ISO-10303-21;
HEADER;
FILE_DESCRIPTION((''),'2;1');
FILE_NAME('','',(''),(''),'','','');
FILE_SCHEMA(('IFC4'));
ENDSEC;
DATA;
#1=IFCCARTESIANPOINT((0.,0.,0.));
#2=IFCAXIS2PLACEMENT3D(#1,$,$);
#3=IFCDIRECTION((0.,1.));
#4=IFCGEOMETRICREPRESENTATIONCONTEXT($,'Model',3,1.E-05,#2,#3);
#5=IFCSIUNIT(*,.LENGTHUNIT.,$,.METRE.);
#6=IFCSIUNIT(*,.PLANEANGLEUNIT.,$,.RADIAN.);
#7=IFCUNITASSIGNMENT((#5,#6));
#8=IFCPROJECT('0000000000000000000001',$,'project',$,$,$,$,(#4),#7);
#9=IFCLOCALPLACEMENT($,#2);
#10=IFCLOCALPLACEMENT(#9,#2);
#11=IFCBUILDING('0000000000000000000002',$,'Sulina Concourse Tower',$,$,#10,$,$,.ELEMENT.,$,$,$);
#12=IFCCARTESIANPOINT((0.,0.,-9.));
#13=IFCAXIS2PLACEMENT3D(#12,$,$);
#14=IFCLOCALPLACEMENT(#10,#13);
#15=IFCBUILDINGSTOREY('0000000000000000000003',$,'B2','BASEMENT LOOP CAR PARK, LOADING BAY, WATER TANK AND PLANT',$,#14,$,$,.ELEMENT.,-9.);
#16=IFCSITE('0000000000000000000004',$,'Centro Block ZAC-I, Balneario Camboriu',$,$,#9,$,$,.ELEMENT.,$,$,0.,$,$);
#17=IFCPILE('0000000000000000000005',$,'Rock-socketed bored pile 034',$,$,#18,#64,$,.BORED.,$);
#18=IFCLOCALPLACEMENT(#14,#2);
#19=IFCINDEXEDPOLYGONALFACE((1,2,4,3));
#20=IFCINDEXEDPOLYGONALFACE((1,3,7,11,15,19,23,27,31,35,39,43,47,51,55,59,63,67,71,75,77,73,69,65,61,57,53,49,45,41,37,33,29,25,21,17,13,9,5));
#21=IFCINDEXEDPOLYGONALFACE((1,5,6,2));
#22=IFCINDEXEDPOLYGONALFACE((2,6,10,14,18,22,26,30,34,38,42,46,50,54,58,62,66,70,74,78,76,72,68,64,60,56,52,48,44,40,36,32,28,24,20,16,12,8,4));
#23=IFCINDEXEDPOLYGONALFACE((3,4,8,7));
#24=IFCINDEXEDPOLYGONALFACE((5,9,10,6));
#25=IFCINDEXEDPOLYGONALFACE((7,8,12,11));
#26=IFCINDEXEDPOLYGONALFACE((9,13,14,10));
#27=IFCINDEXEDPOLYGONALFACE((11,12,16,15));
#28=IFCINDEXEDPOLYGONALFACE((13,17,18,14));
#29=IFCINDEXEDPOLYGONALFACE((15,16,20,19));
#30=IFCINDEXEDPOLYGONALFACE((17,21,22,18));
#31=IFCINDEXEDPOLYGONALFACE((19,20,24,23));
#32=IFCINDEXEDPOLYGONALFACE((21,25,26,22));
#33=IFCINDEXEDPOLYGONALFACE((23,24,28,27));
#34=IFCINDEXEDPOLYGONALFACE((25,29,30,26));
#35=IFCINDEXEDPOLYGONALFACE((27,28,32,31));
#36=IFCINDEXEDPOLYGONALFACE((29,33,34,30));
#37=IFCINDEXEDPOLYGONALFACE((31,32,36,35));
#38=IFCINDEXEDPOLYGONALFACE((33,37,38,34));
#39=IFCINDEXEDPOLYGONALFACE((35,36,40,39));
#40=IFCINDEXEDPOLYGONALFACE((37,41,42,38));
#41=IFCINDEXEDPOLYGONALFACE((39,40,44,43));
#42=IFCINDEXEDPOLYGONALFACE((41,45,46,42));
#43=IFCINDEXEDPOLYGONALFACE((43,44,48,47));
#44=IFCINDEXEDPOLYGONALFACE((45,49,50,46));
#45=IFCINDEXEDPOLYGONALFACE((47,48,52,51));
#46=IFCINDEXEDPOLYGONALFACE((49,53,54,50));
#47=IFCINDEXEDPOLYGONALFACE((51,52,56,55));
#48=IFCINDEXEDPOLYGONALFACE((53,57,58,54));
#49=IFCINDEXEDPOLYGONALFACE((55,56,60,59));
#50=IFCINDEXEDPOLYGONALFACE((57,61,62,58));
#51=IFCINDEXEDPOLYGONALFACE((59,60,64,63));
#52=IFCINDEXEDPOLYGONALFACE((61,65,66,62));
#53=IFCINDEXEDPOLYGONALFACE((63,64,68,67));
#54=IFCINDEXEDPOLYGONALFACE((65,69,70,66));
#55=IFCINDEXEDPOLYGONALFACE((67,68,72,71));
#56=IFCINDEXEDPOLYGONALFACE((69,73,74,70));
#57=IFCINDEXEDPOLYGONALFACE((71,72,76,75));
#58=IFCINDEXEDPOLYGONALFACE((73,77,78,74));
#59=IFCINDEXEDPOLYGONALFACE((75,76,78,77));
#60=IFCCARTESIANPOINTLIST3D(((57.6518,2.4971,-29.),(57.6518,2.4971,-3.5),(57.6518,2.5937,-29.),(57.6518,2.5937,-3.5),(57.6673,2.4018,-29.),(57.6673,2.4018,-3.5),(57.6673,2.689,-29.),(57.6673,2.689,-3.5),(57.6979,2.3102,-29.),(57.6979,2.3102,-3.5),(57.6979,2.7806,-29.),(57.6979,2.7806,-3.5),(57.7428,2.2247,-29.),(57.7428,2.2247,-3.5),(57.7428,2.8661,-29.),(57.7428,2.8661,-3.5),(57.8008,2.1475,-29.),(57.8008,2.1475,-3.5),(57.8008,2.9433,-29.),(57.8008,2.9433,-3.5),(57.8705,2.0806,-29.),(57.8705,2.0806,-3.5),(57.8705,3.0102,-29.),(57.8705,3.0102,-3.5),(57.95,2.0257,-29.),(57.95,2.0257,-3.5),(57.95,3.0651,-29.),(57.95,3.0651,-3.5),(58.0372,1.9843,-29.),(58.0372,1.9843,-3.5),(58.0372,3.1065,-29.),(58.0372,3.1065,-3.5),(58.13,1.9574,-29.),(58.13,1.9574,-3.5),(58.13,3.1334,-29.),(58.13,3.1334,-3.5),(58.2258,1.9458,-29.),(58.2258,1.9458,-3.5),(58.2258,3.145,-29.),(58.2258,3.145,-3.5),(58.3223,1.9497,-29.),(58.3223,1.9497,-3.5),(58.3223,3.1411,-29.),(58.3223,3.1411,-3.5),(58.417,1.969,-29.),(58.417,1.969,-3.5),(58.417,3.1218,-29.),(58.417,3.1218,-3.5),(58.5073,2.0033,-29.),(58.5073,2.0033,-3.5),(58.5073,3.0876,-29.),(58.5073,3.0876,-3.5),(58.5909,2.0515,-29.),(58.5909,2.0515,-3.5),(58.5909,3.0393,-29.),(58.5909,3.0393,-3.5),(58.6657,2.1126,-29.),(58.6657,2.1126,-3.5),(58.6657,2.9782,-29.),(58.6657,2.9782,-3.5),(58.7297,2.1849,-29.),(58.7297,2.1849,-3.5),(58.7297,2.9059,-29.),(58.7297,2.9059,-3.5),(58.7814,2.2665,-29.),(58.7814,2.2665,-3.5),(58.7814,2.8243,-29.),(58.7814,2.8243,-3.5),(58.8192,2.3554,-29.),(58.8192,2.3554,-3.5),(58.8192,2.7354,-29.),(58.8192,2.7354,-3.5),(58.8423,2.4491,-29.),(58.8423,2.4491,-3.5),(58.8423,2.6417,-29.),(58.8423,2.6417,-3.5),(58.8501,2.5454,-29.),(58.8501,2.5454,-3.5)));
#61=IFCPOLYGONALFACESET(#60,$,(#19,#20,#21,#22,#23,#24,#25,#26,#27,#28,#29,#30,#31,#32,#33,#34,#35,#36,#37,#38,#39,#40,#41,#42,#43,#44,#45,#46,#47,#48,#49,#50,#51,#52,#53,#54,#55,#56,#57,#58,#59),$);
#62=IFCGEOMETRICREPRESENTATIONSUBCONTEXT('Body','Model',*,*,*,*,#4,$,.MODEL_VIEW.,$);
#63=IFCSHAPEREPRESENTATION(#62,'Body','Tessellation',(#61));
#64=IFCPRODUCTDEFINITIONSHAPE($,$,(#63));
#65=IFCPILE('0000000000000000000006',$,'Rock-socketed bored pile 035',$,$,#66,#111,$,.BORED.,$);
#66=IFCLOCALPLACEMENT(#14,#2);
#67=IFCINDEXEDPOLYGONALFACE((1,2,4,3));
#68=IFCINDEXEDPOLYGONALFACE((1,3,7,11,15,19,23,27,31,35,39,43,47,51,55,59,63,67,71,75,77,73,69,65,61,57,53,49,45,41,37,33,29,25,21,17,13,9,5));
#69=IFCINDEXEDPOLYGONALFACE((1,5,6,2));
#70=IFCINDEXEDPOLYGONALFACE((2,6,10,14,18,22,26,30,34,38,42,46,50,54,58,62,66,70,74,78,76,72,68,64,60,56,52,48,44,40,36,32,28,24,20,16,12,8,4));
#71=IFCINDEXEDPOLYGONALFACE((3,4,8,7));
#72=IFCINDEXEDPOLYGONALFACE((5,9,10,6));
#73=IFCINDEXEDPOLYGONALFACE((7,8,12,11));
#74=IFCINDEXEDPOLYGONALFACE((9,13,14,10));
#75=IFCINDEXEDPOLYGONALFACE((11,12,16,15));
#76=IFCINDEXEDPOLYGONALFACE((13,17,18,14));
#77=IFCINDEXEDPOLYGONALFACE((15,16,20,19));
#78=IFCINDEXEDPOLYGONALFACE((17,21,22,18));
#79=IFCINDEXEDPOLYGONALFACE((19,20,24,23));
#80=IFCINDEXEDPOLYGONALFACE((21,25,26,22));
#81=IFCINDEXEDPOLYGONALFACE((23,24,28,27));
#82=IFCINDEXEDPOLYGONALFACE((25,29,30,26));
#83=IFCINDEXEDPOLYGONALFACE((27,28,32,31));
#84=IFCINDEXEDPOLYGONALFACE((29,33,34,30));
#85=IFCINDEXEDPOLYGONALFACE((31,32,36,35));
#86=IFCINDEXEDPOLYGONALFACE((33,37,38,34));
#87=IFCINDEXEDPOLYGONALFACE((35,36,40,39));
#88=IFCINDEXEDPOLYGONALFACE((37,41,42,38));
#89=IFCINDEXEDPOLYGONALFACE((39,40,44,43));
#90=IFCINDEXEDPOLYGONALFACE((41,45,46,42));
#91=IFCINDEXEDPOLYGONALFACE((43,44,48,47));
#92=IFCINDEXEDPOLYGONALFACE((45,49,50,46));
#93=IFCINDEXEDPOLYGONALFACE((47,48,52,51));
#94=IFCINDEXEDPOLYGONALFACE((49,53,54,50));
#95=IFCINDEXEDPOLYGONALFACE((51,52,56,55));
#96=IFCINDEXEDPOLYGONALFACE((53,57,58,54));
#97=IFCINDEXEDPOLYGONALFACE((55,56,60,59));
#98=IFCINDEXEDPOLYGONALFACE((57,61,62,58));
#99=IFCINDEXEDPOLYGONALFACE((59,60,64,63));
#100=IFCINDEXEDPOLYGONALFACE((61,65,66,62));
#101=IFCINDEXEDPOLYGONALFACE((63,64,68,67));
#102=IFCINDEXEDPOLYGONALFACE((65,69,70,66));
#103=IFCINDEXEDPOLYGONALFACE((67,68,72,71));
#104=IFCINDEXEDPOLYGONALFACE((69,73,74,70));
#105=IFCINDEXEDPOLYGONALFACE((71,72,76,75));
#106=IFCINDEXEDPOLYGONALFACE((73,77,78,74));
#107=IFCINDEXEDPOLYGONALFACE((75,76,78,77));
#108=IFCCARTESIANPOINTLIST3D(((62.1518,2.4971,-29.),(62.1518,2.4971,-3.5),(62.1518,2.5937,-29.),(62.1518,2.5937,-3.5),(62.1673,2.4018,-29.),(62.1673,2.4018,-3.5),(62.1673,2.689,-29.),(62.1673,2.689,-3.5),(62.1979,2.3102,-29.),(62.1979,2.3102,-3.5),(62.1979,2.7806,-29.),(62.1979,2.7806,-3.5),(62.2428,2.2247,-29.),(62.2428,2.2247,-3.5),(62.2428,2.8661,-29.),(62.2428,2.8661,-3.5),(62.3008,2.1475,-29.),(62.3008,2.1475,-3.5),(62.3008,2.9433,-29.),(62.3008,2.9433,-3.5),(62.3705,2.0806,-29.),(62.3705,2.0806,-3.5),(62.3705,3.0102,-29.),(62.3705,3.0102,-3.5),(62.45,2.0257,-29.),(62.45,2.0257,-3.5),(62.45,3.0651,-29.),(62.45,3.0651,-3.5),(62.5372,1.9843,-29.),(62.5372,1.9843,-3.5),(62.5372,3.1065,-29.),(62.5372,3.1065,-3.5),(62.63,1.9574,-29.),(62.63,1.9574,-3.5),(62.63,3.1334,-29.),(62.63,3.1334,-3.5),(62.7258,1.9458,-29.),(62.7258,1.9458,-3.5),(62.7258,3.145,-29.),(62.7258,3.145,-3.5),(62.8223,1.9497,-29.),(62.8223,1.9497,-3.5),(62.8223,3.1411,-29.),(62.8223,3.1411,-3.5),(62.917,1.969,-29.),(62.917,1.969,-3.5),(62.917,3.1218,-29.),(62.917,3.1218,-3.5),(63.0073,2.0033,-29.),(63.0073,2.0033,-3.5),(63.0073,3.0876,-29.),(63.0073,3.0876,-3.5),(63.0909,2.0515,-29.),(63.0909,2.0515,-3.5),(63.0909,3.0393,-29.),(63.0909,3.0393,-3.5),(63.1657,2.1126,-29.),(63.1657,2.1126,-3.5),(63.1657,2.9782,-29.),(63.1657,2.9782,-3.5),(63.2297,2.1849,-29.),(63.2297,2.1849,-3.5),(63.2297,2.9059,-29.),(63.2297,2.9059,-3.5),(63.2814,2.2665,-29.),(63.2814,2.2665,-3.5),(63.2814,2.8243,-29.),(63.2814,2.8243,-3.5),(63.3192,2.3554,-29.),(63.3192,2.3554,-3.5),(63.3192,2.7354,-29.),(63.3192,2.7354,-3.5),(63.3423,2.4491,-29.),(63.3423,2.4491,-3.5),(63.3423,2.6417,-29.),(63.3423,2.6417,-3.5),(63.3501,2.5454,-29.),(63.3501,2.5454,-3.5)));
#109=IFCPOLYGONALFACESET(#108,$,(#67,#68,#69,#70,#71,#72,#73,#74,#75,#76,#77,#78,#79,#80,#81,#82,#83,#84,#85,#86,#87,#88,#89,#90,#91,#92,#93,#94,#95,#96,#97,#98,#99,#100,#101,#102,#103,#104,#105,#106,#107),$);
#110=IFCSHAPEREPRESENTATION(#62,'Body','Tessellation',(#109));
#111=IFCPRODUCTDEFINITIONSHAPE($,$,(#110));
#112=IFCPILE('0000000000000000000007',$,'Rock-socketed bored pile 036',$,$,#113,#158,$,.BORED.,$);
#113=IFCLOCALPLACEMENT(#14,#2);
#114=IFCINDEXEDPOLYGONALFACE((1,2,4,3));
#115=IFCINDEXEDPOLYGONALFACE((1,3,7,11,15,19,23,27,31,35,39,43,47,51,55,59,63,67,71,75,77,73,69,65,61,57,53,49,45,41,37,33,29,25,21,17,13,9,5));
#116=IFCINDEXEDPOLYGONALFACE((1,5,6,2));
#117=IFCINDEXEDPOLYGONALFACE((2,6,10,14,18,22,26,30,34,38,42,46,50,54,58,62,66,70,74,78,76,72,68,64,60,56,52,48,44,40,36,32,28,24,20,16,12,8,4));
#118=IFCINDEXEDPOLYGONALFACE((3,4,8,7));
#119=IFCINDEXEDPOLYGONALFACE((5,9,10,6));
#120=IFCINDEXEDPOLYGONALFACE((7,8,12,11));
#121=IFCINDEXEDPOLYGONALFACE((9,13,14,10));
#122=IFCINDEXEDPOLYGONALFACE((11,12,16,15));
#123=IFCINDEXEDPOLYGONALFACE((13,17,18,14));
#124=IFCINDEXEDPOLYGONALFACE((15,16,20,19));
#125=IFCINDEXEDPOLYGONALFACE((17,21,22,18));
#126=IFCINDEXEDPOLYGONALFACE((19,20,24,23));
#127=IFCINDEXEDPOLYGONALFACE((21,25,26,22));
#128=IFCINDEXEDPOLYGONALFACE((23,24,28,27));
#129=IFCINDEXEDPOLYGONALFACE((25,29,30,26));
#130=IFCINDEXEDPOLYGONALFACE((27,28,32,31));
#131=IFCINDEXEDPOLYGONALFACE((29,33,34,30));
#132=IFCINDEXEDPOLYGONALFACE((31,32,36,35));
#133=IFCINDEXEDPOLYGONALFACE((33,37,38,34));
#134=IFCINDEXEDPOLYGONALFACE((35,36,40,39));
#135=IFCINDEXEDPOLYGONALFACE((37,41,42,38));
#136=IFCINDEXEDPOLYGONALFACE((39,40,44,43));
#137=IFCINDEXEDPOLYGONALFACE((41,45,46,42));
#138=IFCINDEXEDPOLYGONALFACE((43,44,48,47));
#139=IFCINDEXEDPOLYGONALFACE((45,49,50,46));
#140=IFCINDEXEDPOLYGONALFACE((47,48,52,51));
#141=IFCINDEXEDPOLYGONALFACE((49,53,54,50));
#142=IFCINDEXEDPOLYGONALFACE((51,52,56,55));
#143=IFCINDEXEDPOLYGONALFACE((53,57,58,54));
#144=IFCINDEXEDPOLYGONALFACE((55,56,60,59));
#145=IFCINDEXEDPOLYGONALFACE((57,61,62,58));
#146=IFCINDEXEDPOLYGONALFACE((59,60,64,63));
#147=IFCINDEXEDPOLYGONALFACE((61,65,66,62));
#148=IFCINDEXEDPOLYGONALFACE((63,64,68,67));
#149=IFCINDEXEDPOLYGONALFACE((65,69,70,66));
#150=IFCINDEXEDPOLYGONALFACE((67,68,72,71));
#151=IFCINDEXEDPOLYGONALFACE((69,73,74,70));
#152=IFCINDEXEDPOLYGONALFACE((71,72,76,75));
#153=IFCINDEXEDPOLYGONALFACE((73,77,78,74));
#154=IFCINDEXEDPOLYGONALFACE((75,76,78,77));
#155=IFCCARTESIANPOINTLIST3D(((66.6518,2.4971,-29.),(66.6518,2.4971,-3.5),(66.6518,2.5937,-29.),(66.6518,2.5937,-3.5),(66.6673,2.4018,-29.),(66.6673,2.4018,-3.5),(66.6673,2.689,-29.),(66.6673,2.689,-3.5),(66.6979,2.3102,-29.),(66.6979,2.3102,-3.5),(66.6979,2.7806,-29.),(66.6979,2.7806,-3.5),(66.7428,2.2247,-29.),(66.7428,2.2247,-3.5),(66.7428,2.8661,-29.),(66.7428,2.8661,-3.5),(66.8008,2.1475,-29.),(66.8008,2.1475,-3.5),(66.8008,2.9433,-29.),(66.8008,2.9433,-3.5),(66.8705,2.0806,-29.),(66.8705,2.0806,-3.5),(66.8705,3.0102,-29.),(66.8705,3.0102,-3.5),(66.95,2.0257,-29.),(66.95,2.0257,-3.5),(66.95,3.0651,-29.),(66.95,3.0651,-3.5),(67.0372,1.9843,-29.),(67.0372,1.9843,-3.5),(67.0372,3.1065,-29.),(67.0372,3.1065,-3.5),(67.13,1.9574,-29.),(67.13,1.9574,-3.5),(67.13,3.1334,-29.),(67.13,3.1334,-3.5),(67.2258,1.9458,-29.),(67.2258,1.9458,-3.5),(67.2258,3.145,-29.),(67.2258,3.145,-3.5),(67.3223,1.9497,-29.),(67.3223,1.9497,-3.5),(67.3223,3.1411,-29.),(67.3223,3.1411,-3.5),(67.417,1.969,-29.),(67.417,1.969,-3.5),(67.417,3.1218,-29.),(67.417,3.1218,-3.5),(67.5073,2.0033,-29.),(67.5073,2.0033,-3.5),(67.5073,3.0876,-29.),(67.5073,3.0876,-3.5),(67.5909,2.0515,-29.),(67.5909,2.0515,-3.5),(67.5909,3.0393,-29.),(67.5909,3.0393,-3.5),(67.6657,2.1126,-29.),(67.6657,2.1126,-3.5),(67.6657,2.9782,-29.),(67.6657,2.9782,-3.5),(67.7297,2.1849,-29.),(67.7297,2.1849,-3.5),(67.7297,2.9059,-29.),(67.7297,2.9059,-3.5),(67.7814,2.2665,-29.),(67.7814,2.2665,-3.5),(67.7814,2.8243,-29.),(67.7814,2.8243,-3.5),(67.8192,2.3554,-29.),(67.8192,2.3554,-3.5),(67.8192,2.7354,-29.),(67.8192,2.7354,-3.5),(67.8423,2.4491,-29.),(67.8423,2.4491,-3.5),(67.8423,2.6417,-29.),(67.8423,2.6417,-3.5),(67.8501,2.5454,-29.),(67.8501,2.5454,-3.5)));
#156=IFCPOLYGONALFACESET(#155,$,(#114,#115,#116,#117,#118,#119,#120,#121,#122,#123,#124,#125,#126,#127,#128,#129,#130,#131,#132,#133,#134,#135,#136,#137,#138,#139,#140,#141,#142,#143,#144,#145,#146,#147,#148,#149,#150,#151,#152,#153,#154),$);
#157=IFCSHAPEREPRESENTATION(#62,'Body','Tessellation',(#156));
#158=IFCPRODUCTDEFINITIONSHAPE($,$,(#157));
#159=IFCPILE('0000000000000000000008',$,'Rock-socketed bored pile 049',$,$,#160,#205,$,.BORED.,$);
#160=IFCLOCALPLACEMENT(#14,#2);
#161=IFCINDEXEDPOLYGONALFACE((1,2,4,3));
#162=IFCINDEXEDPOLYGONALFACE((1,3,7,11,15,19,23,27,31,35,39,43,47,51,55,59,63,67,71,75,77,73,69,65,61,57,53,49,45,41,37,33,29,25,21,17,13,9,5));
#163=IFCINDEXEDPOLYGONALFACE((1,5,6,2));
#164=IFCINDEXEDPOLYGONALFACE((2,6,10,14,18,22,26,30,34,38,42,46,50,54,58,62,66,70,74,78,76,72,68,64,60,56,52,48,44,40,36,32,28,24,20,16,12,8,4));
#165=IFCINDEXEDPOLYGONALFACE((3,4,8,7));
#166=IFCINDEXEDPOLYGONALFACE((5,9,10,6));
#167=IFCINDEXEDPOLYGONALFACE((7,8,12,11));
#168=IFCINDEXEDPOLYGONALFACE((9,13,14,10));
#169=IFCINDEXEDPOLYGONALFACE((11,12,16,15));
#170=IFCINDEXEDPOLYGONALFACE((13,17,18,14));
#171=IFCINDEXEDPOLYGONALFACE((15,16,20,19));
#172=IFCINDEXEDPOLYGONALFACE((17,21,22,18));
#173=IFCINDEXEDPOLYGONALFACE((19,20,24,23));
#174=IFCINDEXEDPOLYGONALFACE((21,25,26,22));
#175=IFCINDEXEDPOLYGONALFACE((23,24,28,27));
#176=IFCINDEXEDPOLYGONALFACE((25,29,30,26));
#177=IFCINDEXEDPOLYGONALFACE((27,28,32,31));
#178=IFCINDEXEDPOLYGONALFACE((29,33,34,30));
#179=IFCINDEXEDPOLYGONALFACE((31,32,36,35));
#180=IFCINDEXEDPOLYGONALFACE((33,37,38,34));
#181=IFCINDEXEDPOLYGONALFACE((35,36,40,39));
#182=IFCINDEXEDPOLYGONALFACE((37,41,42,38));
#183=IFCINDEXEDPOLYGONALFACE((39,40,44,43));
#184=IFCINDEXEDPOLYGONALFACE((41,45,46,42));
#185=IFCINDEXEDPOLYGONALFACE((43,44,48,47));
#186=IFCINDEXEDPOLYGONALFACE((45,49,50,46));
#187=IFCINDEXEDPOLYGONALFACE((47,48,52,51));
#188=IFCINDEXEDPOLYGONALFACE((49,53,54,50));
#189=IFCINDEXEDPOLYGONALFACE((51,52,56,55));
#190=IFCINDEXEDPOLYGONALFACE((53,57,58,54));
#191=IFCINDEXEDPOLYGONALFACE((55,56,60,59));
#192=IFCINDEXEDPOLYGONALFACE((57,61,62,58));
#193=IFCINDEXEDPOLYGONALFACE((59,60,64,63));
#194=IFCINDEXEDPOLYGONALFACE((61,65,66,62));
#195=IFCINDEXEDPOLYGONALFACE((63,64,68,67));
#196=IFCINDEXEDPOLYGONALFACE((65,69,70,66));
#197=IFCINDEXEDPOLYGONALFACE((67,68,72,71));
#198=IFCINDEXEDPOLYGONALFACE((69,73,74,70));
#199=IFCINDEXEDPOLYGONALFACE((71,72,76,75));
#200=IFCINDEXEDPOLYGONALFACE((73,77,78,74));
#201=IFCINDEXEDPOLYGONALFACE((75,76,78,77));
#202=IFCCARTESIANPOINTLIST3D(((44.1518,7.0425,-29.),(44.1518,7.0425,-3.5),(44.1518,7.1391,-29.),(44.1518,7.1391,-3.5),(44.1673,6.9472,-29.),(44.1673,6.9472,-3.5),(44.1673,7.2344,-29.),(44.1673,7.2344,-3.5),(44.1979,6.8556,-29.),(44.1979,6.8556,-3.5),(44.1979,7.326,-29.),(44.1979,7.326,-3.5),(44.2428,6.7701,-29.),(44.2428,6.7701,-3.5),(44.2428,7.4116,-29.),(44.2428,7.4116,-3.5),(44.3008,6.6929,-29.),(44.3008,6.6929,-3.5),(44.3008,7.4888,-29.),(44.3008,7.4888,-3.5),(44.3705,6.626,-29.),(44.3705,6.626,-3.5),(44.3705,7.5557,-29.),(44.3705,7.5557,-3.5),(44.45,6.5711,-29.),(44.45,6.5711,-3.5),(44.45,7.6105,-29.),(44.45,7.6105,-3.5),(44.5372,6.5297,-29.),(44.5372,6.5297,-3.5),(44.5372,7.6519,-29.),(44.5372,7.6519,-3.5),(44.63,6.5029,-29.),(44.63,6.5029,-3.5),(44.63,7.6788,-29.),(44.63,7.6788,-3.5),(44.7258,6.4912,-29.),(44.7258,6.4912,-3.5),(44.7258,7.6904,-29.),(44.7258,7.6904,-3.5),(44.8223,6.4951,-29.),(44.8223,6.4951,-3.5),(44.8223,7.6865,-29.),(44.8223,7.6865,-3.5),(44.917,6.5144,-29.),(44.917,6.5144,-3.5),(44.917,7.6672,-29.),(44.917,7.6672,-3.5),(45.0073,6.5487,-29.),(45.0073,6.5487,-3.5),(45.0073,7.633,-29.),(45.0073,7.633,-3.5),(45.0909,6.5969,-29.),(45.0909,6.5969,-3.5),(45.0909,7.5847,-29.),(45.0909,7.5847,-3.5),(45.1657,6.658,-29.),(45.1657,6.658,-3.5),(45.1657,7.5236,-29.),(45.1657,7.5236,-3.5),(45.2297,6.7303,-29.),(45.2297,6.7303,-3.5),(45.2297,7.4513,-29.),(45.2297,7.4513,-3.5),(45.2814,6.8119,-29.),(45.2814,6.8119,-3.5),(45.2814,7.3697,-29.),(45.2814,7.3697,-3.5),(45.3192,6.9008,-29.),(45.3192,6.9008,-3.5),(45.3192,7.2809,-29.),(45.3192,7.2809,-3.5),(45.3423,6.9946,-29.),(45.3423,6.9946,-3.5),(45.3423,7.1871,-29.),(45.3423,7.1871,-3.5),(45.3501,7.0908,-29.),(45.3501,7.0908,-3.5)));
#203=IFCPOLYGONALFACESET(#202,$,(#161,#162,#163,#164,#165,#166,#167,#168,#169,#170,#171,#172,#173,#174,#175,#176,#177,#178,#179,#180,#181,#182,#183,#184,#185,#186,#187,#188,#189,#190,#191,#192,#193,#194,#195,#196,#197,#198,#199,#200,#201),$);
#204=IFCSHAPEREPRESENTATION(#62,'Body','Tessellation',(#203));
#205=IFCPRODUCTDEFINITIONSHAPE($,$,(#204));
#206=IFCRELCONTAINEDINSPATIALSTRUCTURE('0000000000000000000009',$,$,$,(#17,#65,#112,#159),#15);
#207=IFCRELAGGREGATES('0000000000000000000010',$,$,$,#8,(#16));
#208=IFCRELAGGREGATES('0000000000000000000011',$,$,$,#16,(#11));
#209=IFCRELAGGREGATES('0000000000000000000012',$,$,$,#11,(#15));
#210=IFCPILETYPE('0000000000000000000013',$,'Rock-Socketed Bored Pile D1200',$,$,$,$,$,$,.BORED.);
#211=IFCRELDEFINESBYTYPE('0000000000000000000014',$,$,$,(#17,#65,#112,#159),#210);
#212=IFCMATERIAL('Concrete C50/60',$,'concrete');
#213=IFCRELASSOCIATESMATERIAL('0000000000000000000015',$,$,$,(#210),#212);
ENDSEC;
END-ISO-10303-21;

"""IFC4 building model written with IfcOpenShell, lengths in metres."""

from ifc_helpers import new_model, si_unit, direction, frame, origin, origin_2d, place, context, subcontext, project, spatial, circle, extrude, material, material_profile, profile_set, type_object, element, save


model = new_model("IFC4")

# Units and contexts
model_context = context("Model", 3, precision=1e-05, world=origin(), true_north=direction((0.0, 1.0)))
body_context = subcontext(model_context, "Body", "Model", "MODEL_VIEW")
ifc_project = project(units=[si_unit("LENGTHUNIT", "METRE"), si_unit("PLANEANGLEUNIT", "RADIAN")], contexts=[model_context])

# Site, building, storey
site_placement = place(None, origin())
site = spatial("IfcSite", under=ifc_project, at=site_placement, Name="Centro Block ZAC-I, Balneario Camboriu", CompositionType="ELEMENT", RefElevation=0.0)
building_placement = place(site_placement, origin())
building = spatial("IfcBuilding", under=site, at=building_placement, Name="Sulina Concourse Tower", CompositionType="ELEMENT")
storey_placement = place(building_placement, frame((0.0, 0.0, -9.0)))
storey = spatial("IfcBuildingStorey", under=building, at=storey_placement, Name="B2", Description="BASEMENT LOOP CAR PARK, LOADING BAY, WATER TANK AND PLANT", CompositionType="ELEMENT", Elevation=-9.0)

# Piles
ifc_material_1 = material(Name="Concrete C50/60", Category="concrete")
ifc_material_profile_1 = material_profile(ifc_material_1, circle(Radius=0.6001, at=origin_2d()), Name="PILE D1200")
ifc_profile_set_1 = profile_set([ifc_material_profile_1], Name="Concrete C50/60")
pile_type_1 = type_object("IfcPileType", Name="Rock-Socketed Bored Pile D1200", PredefinedType="BORED", material=ifc_profile_set_1)
for number, where, z_axis, x_axis, name in (
    (1, (58.25, 2.5454, -3.5), (0.0, 0.0, -1.0), (1.0, 0.0, 0.0), "Rock-socketed bored pile 034"),
    (2, (62.75, 2.5454, -3.5), (0.0, 0.0, -1.0), (1.0, 0.0, 0.0), "Rock-socketed bored pile 035"),
    (3, (67.25, 2.5454, -3.5), (0.0, 0.0, -1.0), (1.0, 0.0, 0.0), "Rock-socketed bored pile 036"),
    (4, (44.75, 7.0908, -3.5), (0.0, 0.0, -1.0), (1.0, 0.0, 0.0), "Rock-socketed bored pile 049"),
):
    element("IfcPile", number, at=place(storey_placement, frame(where, z_axis=z_axis, x_axis=x_axis)), inside=storey, type_object=pile_type_1, Name=name, PredefinedType="BORED", context=body_context, shape_type="SweptSolid", body=[
        extrude(circle(Radius=0.6001, at=origin_2d()), origin(), (0.0, 0.0, 1.0), 25.5),
    ])

save(model, "model.ifc")
